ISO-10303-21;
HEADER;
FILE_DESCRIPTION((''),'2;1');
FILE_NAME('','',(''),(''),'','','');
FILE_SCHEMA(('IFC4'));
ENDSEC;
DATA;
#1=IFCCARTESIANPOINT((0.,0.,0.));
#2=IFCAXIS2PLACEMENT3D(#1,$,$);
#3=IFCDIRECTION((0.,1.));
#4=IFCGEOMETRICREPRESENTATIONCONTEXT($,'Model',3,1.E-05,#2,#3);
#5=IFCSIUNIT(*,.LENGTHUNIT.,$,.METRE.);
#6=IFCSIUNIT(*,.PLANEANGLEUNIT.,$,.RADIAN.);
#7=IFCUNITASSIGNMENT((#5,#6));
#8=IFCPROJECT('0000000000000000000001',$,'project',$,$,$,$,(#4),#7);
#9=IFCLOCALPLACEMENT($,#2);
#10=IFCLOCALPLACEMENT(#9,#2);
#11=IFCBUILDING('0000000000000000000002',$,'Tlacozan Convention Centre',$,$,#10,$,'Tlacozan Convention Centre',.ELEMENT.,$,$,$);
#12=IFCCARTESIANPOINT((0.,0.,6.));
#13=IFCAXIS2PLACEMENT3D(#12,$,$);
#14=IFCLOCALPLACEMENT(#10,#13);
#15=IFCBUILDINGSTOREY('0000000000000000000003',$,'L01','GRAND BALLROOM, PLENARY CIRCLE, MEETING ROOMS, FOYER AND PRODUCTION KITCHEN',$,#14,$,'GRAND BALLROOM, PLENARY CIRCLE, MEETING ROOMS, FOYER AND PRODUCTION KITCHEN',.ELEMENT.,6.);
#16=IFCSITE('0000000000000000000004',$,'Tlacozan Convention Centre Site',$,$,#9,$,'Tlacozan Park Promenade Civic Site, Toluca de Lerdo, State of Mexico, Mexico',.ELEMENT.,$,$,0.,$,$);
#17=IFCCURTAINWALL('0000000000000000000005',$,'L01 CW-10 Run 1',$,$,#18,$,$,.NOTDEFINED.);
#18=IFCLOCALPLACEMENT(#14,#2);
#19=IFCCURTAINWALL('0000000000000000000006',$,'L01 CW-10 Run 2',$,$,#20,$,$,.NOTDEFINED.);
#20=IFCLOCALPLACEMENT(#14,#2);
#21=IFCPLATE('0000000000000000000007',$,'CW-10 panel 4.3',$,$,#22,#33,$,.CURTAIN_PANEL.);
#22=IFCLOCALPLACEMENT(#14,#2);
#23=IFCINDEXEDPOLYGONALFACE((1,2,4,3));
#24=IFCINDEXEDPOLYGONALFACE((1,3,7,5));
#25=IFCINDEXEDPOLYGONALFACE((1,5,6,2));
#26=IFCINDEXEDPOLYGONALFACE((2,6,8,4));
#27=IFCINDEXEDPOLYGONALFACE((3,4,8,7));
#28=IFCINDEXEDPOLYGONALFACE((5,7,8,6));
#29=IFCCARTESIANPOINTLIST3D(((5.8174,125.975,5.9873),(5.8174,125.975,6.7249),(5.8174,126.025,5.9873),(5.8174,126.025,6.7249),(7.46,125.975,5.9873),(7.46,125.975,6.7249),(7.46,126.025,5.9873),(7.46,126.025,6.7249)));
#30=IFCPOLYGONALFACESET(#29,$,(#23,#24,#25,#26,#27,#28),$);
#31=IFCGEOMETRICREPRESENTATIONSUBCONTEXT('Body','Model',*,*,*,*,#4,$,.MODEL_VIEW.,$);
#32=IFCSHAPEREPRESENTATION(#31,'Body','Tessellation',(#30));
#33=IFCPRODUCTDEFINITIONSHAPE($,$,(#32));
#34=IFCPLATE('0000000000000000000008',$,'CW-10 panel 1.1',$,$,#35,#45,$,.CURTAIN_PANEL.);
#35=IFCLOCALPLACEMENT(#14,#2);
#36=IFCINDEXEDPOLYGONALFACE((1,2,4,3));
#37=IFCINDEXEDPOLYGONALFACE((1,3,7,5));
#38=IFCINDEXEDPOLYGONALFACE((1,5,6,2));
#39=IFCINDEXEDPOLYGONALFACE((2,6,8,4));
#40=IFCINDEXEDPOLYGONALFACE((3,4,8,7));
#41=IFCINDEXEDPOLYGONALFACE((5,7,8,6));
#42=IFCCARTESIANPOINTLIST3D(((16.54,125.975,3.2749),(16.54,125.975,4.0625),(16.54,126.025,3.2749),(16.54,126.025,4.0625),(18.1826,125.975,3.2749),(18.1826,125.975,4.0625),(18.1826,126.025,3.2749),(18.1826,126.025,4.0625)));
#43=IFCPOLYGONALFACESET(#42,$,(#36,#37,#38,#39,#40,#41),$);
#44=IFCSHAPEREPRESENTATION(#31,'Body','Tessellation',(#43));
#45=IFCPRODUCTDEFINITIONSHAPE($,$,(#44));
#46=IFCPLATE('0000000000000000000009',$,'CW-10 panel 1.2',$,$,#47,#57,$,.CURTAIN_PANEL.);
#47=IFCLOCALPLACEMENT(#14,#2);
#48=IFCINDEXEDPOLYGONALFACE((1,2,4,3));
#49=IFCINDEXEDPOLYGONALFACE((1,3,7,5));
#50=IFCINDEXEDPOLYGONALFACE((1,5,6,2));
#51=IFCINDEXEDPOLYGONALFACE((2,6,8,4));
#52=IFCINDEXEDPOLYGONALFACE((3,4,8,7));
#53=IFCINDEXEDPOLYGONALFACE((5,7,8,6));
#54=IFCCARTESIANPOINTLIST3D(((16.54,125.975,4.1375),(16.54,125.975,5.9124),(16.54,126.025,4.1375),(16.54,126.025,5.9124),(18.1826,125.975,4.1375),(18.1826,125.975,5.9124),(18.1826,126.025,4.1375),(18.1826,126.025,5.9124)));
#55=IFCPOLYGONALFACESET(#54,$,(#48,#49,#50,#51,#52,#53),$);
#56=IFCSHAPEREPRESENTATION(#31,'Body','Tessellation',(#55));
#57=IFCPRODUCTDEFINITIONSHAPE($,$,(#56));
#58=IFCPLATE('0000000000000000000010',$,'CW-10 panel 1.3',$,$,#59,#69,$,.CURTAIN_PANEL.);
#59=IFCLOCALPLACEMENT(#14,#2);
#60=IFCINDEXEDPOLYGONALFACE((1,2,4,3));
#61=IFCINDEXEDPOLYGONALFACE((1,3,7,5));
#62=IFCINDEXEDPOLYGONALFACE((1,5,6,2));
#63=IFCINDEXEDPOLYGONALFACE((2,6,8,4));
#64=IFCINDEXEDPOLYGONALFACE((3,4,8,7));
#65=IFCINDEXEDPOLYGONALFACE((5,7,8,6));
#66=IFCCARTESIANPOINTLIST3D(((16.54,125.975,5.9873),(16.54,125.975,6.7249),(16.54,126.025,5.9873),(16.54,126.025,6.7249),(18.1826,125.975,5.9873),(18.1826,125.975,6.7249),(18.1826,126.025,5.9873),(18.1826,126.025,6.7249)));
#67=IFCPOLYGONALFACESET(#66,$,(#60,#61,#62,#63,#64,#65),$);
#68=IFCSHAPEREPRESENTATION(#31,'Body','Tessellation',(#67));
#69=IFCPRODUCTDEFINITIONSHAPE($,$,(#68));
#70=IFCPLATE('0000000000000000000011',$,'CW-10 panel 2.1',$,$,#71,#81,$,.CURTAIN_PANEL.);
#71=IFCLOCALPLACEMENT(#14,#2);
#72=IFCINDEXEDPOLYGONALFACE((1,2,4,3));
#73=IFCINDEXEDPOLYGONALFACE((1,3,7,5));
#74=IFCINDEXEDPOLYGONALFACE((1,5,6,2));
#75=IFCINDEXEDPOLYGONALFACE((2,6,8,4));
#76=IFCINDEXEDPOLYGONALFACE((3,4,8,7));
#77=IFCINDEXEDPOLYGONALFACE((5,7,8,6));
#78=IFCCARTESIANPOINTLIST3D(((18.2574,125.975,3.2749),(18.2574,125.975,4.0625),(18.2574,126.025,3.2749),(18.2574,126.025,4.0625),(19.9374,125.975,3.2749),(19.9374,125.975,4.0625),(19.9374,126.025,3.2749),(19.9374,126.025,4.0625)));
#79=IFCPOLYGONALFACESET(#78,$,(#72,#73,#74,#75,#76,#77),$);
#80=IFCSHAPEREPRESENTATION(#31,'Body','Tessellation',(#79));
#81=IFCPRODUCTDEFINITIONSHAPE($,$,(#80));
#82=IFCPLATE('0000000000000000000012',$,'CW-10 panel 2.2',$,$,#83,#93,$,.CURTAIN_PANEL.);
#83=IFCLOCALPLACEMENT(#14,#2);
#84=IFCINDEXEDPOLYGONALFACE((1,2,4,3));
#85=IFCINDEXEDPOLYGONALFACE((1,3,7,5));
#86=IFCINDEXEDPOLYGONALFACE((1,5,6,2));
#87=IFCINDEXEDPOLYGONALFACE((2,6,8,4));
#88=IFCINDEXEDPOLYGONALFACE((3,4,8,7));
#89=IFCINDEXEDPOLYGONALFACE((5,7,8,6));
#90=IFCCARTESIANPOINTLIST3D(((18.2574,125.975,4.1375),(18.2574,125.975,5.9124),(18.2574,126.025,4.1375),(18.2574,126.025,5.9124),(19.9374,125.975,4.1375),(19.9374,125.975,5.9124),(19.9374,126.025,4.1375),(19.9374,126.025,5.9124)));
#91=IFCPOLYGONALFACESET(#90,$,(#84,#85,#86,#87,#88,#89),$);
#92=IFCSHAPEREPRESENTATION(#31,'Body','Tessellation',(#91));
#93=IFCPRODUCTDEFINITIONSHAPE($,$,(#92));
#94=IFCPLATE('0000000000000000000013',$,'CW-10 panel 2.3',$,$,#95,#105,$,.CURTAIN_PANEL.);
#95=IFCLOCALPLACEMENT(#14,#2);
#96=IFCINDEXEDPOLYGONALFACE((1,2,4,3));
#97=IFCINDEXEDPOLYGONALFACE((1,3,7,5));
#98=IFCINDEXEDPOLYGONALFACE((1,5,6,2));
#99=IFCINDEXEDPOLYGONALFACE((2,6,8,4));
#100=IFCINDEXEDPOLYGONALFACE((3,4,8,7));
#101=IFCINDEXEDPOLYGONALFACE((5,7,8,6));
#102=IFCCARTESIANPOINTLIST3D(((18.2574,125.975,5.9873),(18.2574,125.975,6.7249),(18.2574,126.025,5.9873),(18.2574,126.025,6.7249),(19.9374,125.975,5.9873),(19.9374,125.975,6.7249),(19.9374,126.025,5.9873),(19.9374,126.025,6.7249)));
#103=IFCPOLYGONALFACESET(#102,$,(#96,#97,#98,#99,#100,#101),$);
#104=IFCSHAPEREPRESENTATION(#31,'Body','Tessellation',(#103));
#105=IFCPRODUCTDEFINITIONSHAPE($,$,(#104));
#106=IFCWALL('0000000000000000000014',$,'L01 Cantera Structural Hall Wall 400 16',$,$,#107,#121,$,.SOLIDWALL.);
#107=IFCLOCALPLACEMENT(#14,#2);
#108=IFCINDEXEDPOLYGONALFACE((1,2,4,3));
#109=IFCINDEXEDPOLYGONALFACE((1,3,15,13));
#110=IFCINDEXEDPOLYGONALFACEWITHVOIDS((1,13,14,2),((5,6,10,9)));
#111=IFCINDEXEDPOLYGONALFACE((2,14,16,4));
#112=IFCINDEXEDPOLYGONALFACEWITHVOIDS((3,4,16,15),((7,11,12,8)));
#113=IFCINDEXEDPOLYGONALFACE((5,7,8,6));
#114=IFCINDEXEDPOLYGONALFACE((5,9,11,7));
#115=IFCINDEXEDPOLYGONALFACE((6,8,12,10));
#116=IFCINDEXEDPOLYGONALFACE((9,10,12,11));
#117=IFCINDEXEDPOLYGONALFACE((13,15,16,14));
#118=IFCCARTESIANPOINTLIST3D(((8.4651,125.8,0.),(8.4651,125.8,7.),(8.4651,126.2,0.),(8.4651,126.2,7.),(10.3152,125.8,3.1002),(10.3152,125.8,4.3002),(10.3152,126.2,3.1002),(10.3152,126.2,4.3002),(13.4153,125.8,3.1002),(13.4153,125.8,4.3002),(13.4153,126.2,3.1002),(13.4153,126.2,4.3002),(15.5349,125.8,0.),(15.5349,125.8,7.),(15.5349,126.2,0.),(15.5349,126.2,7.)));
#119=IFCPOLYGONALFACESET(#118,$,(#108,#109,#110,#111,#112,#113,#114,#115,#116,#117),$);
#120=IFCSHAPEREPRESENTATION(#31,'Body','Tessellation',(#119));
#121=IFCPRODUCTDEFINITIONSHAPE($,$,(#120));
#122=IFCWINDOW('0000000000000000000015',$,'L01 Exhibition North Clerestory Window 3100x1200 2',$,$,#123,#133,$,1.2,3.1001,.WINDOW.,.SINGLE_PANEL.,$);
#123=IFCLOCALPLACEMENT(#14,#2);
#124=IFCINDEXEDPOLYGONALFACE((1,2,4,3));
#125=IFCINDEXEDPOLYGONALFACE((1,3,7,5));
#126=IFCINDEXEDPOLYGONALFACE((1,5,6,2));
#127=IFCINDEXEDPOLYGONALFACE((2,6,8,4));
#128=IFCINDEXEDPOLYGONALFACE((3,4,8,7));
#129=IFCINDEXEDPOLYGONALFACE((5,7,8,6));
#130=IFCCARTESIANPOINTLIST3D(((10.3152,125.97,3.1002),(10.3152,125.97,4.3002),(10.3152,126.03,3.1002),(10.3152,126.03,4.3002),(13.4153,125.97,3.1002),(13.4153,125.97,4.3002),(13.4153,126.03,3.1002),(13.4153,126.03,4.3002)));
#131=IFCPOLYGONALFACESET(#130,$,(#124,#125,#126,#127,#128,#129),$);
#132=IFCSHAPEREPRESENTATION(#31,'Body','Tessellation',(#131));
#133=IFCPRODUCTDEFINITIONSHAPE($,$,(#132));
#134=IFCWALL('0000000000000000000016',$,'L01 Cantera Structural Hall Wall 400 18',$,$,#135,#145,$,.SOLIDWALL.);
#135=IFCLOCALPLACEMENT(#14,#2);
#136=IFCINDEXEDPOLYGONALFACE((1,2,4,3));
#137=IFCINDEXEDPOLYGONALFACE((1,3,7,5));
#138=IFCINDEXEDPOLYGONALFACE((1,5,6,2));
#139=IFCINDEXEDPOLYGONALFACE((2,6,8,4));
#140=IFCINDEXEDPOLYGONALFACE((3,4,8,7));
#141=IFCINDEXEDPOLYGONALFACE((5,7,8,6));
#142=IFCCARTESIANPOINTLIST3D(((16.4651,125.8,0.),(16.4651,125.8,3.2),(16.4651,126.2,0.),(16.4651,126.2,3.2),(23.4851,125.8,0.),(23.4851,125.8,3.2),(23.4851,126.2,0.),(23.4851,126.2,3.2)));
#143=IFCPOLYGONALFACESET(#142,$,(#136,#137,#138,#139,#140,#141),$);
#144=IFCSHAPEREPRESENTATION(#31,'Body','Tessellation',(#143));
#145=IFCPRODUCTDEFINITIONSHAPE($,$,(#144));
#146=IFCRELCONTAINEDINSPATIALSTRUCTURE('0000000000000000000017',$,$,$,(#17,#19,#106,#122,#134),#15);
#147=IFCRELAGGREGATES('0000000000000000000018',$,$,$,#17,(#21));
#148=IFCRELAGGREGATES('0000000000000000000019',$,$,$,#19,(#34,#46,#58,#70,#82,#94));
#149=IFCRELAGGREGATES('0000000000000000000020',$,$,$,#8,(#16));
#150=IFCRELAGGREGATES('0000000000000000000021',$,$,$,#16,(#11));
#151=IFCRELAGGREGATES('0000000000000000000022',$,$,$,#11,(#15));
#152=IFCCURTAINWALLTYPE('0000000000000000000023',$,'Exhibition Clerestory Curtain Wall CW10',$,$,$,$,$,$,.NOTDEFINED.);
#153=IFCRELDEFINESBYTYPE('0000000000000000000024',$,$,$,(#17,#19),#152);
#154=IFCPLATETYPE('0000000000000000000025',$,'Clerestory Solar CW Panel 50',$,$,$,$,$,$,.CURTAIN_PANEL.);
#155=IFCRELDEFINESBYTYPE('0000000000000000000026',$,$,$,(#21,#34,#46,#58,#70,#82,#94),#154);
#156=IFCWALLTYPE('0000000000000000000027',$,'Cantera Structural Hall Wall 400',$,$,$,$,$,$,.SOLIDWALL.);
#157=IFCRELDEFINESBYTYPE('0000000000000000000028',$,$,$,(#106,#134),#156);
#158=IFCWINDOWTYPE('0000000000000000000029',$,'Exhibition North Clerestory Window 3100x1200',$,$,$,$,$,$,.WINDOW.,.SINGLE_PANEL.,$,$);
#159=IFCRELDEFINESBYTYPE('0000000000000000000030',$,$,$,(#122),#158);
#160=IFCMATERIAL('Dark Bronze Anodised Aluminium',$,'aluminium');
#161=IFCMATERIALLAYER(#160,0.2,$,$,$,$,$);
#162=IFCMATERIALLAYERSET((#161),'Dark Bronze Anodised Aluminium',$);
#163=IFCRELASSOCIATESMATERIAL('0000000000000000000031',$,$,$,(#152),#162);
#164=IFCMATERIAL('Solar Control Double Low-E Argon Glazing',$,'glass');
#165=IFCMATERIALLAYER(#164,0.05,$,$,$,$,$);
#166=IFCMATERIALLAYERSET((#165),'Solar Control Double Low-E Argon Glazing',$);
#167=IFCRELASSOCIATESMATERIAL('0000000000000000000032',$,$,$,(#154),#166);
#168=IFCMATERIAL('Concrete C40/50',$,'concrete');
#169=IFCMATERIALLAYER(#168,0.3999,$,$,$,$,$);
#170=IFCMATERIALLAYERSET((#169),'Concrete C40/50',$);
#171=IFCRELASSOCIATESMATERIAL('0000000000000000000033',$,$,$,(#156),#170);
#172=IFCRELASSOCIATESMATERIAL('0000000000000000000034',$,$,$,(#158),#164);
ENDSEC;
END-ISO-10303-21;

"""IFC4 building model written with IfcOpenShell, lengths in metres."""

from ifc_helpers import new_model, si_unit, direction, frame, frame_2d, origin, origin_2d, place, context, subcontext, project, spatial, rectangle, extrude, material, layer, layer_set, type_object, element, fill, aggregate, save


model = new_model("IFC4")

# Units and contexts
model_context = context("Model", 3, precision=1e-05, world=origin(), true_north=direction((0.0, 1.0)))
body_context = subcontext(model_context, "Body", "Model", "MODEL_VIEW")
ifc_project = project(units=[si_unit("LENGTHUNIT", "METRE"), si_unit("PLANEANGLEUNIT", "RADIAN")], contexts=[model_context])

# Site, building, storey
site_placement = place(None, origin())
site = spatial("IfcSite", under=ifc_project, at=site_placement, Name="Tlacozan Convention Centre Site", LongName="Tlacozan Park Promenade Civic Site, Toluca de Lerdo, State of Mexico, Mexico", CompositionType="ELEMENT", RefElevation=0.0)
building_placement = place(site_placement, origin())
building = spatial("IfcBuilding", under=site, at=building_placement, Name="Tlacozan Convention Centre", LongName="Tlacozan Convention Centre", CompositionType="ELEMENT")
storey_placement = place(building_placement, frame((0.0, 0.0, 6.0)))
storey = spatial("IfcBuildingStorey", under=building, at=storey_placement, Name="L01", Description="GRAND BALLROOM, PLENARY CIRCLE, MEETING ROOMS, FOYER AND PRODUCTION KITCHEN", LongName="GRAND BALLROOM, PLENARY CIRCLE, MEETING ROOMS, FOYER AND PRODUCTION KITCHEN", CompositionType="ELEMENT", Elevation=6.0)

# Shared definitions
ifc_material_1 = material(Name="Concrete C40/50", Category="concrete")

# Curtain wall
ifc_material_2 = material(Name="Dark Bronze Anodised Aluminium", Category="aluminium")
ifc_layer_1 = layer(ifc_material_2, 0.2)
ifc_layer_set_1 = layer_set([ifc_layer_1], Name="Dark Bronze Anodised Aluminium")
curtain_wall_type = type_object("IfcCurtainWallType", Name="Exhibition Clerestory Curtain Wall CW10", PredefinedType="NOTDEFINED", material=ifc_layer_set_1)
curtain_wall_1_placement = place(storey_placement, origin())
curtain_wall_1 = element("IfcCurtainWall", 1, at=curtain_wall_1_placement, inside=storey, type_object=curtain_wall_type, Name="L01 CW-10 Run 1", PredefinedType="NOTDEFINED")

# Curtain wall
curtain_wall_2_placement = place(storey_placement, origin())
curtain_wall_2 = element("IfcCurtainWall", 2, at=curtain_wall_2_placement, inside=storey, type_object=curtain_wall_type, Name="L01 CW-10 Run 2", PredefinedType="NOTDEFINED")

# Plates
ifc_material_3 = material(Name="Solar Control Double Low-E Argon Glazing", Category="glass")
ifc_layer_2 = layer(ifc_material_3, 0.05)
ifc_layer_set_2 = layer_set([ifc_layer_2], Name="Solar Control Double Low-E Argon Glazing")
plate_type = type_object("IfcPlateType", Name="Clerestory Solar CW Panel 50", PredefinedType="CURTAIN_PANEL", material=ifc_layer_set_2)
plate_1_placement = place(storey_placement, frame((6.6387, 126.0, 5.9873), z_axis=(0.0, 0.0, 1.0), x_axis=(1.0, 0.0, 0.0)))
plate_1 = element("IfcPlate", 3, at=plate_1_placement, type_object=plate_type, Name="CW-10 panel 4.3", PredefinedType="CURTAIN_PANEL", context=body_context, shape_type="SweptSolid", body=[
    extrude(rectangle(XDim=1.6426, YDim=0.05, at=origin_2d()), origin(), (0.0, 0.0, 1.0), 0.7375),
])
aggregate(curtain_wall_1, [plate_1])
plate_2_placement = place(storey_placement, frame((17.3613, 126.0, 3.2749), z_axis=(0.0, 0.0, 1.0), x_axis=(1.0, 0.0, 0.0)))
plate_2 = element("IfcPlate", 4, at=plate_2_placement, type_object=plate_type, Name="CW-10 panel 1.1", PredefinedType="CURTAIN_PANEL", context=body_context, shape_type="SweptSolid", body=[
    extrude(rectangle(XDim=1.6426, YDim=0.05, at=origin_2d()), origin(), (0.0, 0.0, 1.0), 0.7876),
])
plate_3_placement = place(storey_placement, frame((17.3613, 126.0, 4.1375), z_axis=(0.0, 0.0, 1.0), x_axis=(1.0, 0.0, 0.0)))
plate_3 = element("IfcPlate", 5, at=plate_3_placement, type_object=plate_type, Name="CW-10 panel 1.2", PredefinedType="CURTAIN_PANEL", context=body_context, shape_type="SweptSolid", body=[
    extrude(rectangle(XDim=1.6426, YDim=0.05, at=origin_2d()), origin(), (0.0, 0.0, 1.0), 1.7749),
])
plate_4_placement = place(storey_placement, frame((17.3613, 126.0, 5.9873), z_axis=(0.0, 0.0, 1.0), x_axis=(1.0, 0.0, 0.0)))
plate_4 = element("IfcPlate", 6, at=plate_4_placement, type_object=plate_type, Name="CW-10 panel 1.3", PredefinedType="CURTAIN_PANEL", context=body_context, shape_type="SweptSolid", body=[
    extrude(rectangle(XDim=1.6426, YDim=0.05, at=origin_2d()), origin(), (0.0, 0.0, 1.0), 0.7375),
])
plate_5_placement = place(storey_placement, frame((19.0974, 126.0, 3.2749), z_axis=(0.0, 0.0, 1.0), x_axis=(1.0, 0.0, 0.0)))
plate_5 = element("IfcPlate", 7, at=plate_5_placement, type_object=plate_type, Name="CW-10 panel 2.1", PredefinedType="CURTAIN_PANEL", context=body_context, shape_type="SweptSolid", body=[
    extrude(rectangle(XDim=1.6799, YDim=0.05, at=origin_2d()), origin(), (0.0, 0.0, 1.0), 0.7876),
])
plate_6_placement = place(storey_placement, frame((19.0974, 126.0, 4.1375), z_axis=(0.0, 0.0, 1.0), x_axis=(1.0, 0.0, 0.0)))
plate_6 = element("IfcPlate", 8, at=plate_6_placement, type_object=plate_type, Name="CW-10 panel 2.2", PredefinedType="CURTAIN_PANEL", context=body_context, shape_type="SweptSolid", body=[
    extrude(rectangle(XDim=1.6799, YDim=0.05, at=origin_2d()), origin(), (0.0, 0.0, 1.0), 1.7749),
])
plate_7_placement = place(storey_placement, frame((19.0974, 126.0, 5.9873), z_axis=(0.0, 0.0, 1.0), x_axis=(1.0, 0.0, 0.0)))
plate_7 = element("IfcPlate", 9, at=plate_7_placement, type_object=plate_type, Name="CW-10 panel 2.3", PredefinedType="CURTAIN_PANEL", context=body_context, shape_type="SweptSolid", body=[
    extrude(rectangle(XDim=1.6799, YDim=0.05, at=origin_2d()), origin(), (0.0, 0.0, 1.0), 0.7375),
])
aggregate(curtain_wall_2, [plate_2, plate_3, plate_4, plate_5, plate_6, plate_7])

# Wall, opening, window
ifc_layer_3 = layer(ifc_material_1, 0.3999)
ifc_layer_set_3 = layer_set([ifc_layer_3], Name="Concrete C40/50")
wall_type = type_object("IfcWallType", Name="Cantera Structural Hall Wall 400", PredefinedType="SOLIDWALL", material=ifc_layer_set_3)
wall_1_placement = place(storey_placement, frame((8.4651, 126.0, 0.0), z_axis=(0.0, 0.0, 1.0), x_axis=(1.0, 0.0, 0.0)))
wall_1 = element("IfcWall", 10, at=wall_1_placement, inside=storey, type_object=wall_type, Name="L01 Cantera Structural Hall Wall 400 16", PredefinedType="SOLIDWALL", context=body_context, shape_type="SweptSolid", body=[
    extrude(rectangle(XDim=7.0698, YDim=0.3999, at=frame_2d((3.5349, 0.0))), origin(), (0.0, 0.0, 1.0), 7.0),
])
opening_placement = place(wall_1_placement, frame((1.8501, 0.0, 3.1001)))
opening = element("IfcOpeningElement", 11, at=opening_placement, cuts=wall_1, PredefinedType="OPENING", context=body_context, shape_type="SweptSolid", body=[
    extrude(rectangle(XDim=3.1001, YDim=1.2, at=frame_2d((1.55, 0.6001))), frame((0.0, 0.21, 0.0), z_axis=(0.0, -1.0, 0.0), x_axis=(1.0, 0.0, 0.0)), (0.0, 0.0, 1.0), 0.4199),
])
window_type = type_object("IfcWindowType", Name="Exhibition North Clerestory Window 3100x1200", PartitioningType="SINGLE_PANEL", PredefinedType="WINDOW", material=ifc_material_3)
window_placement = place(opening_placement, origin())
window = element("IfcWindow", 12, at=window_placement, inside=storey, type_object=window_type, Name="L01 Exhibition North Clerestory Window 3100x1200 2", OverallHeight=1.2, OverallWidth=3.1001, PartitioningType="SINGLE_PANEL", PredefinedType="WINDOW", context=body_context, shape_type="SweptSolid", body=[
    extrude(rectangle(XDim=3.1001, YDim=1.2, at=frame_2d((1.55, 0.6001))), frame((0.0, 0.03, 0.0), z_axis=(0.0, -1.0, 0.0), x_axis=(1.0, 0.0, 0.0)), (0.0, 0.0, 1.0), 0.0601),
])
fill(opening, window)

# Wall
wall_2_placement = place(storey_placement, frame((16.4651, 126.0, 0.0), z_axis=(0.0, 0.0, 1.0), x_axis=(1.0, 0.0, 0.0)))
element("IfcWall", 13, at=wall_2_placement, inside=storey, type_object=wall_type, Name="L01 Cantera Structural Hall Wall 400 18", PredefinedType="SOLIDWALL", context=body_context, shape_type="SweptSolid", body=[
    extrude(rectangle(XDim=7.02, YDim=0.3999, at=frame_2d((3.51, 0.0))), origin(), (0.0, 0.0, 1.0), 3.2),
])

save(model, "model.ifc")
